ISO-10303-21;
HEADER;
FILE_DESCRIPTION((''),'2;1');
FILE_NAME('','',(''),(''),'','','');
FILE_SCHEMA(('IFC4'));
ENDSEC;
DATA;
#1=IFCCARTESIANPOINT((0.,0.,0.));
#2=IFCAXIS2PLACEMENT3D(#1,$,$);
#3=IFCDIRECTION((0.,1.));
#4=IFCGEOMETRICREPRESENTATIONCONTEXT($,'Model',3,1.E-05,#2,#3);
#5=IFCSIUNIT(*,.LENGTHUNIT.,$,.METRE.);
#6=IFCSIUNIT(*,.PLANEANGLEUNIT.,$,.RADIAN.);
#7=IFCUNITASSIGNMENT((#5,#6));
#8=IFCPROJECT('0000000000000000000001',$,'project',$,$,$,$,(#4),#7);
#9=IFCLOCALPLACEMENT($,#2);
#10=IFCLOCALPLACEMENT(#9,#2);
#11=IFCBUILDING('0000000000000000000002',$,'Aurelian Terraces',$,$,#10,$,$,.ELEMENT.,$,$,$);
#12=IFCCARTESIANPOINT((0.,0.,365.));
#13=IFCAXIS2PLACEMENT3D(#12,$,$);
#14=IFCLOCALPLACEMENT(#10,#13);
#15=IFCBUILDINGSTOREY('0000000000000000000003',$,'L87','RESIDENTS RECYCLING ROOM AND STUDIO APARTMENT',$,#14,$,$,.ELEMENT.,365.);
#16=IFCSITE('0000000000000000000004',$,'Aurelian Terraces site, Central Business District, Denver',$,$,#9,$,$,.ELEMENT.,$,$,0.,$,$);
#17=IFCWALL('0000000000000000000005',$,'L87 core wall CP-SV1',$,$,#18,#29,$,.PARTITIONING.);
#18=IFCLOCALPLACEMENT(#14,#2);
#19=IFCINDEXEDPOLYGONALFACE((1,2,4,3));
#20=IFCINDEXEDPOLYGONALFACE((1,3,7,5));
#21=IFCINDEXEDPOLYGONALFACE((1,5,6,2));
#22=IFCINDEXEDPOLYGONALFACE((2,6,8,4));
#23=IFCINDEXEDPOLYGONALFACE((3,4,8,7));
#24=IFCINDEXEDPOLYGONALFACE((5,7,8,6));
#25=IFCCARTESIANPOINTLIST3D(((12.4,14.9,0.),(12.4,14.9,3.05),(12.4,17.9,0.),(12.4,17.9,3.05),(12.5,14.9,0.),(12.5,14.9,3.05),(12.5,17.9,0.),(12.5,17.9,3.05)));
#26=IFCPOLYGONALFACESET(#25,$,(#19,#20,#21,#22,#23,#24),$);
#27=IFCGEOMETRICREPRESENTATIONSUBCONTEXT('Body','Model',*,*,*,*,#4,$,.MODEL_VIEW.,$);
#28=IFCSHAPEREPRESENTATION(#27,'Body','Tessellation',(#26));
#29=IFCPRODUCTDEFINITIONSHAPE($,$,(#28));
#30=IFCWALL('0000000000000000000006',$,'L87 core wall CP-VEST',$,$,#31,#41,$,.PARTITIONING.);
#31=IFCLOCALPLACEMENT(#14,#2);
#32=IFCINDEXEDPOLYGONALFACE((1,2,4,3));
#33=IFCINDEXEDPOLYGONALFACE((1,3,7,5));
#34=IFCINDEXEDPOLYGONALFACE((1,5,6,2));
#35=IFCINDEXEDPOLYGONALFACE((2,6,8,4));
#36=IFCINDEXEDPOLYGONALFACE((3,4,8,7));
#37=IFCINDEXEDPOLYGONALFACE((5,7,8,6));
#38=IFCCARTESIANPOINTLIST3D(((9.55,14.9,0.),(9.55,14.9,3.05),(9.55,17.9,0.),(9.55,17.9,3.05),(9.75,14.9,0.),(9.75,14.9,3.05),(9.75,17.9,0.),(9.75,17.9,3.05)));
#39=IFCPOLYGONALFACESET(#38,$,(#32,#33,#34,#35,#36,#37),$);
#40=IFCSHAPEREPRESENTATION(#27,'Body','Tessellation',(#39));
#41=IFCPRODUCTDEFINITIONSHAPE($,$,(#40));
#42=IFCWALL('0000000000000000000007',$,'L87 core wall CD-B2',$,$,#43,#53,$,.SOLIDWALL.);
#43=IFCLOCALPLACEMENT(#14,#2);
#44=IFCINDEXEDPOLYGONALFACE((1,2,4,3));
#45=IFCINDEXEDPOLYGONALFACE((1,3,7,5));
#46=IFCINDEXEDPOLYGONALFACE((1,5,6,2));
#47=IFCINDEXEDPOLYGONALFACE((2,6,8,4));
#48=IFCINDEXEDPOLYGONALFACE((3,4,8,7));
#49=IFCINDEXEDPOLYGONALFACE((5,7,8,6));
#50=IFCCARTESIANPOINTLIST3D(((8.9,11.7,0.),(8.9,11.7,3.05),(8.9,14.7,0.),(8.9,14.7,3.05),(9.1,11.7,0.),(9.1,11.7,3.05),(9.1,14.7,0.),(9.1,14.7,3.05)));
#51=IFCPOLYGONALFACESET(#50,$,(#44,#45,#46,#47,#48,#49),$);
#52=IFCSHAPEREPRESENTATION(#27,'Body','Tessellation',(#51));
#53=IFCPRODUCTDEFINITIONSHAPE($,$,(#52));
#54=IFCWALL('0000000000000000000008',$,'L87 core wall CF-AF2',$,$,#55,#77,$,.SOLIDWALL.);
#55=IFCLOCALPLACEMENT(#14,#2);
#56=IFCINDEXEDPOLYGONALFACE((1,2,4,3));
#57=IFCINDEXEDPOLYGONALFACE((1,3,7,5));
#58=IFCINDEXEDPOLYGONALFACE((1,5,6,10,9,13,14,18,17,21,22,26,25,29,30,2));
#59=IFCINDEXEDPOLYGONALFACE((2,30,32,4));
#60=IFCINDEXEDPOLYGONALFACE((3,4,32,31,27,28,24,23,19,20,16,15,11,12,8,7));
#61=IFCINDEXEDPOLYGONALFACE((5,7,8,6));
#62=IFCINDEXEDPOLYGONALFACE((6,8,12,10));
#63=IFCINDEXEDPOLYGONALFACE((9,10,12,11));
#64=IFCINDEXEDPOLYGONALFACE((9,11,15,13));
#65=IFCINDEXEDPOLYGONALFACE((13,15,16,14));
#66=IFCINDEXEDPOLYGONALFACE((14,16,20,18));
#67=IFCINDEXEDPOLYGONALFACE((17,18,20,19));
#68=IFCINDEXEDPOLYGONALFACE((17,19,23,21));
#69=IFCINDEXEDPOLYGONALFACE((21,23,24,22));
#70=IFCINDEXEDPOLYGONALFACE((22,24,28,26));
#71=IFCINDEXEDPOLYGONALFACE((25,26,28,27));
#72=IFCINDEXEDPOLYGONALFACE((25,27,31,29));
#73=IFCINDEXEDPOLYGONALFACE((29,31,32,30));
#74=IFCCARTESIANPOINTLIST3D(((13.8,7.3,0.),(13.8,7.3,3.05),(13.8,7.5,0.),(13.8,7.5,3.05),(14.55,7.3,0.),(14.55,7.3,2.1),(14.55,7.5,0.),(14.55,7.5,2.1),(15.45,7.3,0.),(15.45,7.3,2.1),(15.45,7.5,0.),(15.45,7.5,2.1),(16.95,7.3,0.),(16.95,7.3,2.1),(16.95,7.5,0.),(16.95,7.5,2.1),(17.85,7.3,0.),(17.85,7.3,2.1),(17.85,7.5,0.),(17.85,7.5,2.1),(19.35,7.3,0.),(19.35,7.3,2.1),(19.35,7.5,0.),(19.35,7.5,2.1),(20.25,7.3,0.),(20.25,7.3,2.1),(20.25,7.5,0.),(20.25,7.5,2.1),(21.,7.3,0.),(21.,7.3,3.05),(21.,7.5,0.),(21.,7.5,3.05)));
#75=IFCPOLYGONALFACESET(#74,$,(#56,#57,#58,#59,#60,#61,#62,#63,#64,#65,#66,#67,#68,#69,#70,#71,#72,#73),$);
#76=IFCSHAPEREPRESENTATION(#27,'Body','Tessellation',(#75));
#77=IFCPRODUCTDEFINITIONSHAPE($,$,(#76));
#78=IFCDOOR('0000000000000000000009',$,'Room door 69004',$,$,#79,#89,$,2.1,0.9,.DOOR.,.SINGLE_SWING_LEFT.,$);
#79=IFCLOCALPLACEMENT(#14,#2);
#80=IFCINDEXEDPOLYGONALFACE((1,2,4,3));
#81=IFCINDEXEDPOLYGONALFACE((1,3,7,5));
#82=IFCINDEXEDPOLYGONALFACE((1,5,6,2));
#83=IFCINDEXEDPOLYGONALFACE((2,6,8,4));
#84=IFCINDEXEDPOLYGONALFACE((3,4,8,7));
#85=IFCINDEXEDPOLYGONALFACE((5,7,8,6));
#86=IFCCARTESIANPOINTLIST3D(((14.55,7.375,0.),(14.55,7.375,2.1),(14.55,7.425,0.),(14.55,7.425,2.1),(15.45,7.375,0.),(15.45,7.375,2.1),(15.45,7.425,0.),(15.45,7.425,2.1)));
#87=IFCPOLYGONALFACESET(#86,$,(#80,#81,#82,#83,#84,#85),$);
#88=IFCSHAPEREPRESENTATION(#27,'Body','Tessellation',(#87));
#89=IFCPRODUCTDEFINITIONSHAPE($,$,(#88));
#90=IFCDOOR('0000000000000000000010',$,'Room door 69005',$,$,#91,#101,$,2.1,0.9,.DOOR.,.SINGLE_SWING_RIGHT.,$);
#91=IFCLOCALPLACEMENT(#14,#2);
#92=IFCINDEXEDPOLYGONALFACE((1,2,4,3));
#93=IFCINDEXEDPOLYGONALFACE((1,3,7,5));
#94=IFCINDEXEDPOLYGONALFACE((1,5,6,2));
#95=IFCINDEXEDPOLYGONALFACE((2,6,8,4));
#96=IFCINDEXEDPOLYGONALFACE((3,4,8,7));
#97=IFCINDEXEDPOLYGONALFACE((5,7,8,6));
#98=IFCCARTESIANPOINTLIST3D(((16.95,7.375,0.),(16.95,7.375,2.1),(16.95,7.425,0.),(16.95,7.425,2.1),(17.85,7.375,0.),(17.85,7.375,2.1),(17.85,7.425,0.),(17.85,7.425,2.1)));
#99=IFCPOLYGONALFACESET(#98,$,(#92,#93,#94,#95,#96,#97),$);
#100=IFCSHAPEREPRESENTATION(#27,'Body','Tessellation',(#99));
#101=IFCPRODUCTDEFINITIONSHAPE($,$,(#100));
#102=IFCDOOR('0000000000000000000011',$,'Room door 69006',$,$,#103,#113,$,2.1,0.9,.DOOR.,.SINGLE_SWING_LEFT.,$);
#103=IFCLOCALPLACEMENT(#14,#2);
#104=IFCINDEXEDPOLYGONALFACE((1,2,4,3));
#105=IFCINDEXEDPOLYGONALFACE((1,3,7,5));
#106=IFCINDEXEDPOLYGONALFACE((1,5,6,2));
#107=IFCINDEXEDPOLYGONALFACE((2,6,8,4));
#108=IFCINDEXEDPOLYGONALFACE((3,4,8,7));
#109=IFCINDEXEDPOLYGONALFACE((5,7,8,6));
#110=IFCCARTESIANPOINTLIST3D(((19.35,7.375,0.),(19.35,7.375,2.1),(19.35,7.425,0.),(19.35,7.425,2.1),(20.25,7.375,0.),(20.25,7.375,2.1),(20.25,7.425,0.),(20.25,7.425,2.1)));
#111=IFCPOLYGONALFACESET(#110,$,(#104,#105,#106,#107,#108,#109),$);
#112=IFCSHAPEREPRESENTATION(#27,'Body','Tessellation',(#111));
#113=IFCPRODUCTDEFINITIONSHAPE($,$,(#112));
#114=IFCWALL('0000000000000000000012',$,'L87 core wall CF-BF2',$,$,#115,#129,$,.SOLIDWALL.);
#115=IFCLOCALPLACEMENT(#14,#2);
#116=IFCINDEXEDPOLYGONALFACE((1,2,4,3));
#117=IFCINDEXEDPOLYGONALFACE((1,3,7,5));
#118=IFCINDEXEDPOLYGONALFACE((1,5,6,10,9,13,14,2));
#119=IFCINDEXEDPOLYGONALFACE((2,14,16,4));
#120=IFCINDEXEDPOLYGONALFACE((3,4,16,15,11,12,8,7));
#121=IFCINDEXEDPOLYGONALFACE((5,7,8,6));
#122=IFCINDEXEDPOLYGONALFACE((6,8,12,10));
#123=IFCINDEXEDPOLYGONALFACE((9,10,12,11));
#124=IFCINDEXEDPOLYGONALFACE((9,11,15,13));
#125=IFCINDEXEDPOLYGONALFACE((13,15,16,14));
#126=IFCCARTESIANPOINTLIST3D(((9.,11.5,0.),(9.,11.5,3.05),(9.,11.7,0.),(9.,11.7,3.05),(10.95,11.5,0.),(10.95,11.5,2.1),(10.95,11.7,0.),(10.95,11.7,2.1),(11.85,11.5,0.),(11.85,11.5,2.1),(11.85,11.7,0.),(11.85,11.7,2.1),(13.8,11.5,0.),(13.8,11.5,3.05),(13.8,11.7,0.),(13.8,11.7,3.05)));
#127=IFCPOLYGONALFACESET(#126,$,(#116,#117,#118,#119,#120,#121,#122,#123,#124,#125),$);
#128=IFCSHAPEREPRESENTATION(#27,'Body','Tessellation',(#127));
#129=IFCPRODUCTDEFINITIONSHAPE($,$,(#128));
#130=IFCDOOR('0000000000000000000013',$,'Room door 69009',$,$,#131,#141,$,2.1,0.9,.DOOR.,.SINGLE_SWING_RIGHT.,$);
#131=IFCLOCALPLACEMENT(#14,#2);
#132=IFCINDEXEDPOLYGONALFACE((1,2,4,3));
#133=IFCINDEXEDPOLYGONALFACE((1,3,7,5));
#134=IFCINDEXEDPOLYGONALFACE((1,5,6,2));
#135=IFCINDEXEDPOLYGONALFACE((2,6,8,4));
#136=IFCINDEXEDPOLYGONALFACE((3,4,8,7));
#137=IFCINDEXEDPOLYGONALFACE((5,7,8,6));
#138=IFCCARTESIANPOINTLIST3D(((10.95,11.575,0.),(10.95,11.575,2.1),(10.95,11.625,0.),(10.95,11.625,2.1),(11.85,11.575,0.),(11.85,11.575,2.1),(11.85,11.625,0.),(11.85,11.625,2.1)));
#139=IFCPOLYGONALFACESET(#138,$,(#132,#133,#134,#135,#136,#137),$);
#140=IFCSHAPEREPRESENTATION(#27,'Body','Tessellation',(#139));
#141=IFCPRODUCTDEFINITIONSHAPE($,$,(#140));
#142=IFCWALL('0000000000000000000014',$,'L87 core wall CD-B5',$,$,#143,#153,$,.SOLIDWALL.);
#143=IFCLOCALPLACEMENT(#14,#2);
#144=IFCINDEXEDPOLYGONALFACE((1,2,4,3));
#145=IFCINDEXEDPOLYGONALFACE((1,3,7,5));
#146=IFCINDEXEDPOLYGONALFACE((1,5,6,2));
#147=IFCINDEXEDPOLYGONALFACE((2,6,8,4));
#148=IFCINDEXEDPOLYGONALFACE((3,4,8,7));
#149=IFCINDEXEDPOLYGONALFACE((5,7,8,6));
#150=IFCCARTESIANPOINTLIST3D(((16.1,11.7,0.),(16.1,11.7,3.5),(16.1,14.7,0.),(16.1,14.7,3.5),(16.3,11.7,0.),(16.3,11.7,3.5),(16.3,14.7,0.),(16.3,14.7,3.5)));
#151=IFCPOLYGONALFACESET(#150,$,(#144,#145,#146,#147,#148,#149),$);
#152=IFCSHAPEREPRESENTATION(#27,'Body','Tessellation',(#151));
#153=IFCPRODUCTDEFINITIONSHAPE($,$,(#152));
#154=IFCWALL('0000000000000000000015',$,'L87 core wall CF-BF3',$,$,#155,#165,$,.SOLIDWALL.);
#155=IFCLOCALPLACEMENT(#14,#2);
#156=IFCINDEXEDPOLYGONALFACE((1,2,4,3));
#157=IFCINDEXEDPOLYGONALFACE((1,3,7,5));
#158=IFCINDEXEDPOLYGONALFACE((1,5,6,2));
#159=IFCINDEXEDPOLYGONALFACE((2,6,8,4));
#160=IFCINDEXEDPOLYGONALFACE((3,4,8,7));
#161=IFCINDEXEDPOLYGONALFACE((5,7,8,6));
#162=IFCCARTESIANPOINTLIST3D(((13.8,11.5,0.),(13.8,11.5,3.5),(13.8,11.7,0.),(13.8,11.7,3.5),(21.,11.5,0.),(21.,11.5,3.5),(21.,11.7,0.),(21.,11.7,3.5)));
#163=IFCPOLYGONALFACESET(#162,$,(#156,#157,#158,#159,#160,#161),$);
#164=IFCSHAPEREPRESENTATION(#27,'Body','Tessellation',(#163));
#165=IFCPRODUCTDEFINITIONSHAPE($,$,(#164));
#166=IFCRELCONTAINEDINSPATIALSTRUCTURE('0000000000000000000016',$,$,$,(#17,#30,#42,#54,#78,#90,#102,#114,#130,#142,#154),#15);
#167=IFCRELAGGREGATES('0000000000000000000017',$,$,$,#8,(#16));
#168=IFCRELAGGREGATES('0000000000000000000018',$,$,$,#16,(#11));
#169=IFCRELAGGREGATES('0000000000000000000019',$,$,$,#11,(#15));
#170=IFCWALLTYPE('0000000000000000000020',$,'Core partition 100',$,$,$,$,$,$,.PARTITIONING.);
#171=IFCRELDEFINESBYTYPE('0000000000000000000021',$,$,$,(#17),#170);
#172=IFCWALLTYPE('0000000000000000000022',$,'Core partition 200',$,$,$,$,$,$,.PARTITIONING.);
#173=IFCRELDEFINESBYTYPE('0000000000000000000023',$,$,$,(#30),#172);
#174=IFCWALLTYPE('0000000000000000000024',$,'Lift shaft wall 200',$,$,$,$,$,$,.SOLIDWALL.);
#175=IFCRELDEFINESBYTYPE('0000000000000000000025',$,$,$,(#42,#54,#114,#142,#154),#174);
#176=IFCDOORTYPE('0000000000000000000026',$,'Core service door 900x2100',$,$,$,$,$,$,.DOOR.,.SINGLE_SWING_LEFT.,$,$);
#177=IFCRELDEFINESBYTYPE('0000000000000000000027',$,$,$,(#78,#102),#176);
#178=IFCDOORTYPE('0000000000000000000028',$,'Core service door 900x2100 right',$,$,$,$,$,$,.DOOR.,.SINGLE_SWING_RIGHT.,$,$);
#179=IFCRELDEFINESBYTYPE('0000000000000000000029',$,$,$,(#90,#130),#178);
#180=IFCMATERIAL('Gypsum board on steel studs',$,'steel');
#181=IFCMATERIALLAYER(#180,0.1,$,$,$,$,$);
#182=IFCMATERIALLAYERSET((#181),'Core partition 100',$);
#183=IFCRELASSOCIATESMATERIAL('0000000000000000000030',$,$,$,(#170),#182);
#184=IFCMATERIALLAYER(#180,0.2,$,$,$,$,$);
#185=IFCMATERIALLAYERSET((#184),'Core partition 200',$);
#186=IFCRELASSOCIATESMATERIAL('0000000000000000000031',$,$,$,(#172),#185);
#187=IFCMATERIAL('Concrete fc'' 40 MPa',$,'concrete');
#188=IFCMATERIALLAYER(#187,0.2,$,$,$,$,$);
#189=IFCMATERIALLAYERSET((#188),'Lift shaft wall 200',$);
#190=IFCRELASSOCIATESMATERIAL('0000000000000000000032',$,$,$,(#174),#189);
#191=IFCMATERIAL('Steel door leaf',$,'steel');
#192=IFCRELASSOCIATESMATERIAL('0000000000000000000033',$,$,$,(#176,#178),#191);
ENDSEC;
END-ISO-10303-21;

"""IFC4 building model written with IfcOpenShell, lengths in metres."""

from ifc_helpers import new_model, si_unit, direction, frame, frame_2d, origin, place, context, subcontext, project, spatial, rectangle, extrude, source, transform, mapped, material, layer, layer_set, type_object, element, fill, save


model = new_model("IFC4")

# Units and contexts
model_context = context("Model", 3, precision=1e-05, world=origin(), true_north=direction((0.0, 1.0)))
body_context = subcontext(model_context, "Body", "Model", "MODEL_VIEW")
ifc_project = project(units=[si_unit("LENGTHUNIT", "METRE"), si_unit("PLANEANGLEUNIT", "RADIAN")], contexts=[model_context])

# Site, building, storey
site_placement = place(None, origin())
site = spatial("IfcSite", under=ifc_project, at=site_placement, Name="Aurelian Terraces site, Central Business District, Denver", CompositionType="ELEMENT", RefElevation=0.0)
building_placement = place(site_placement, origin())
building = spatial("IfcBuilding", under=site, at=building_placement, Name="Aurelian Terraces", CompositionType="ELEMENT")
storey_placement = place(building_placement, frame((0.0, 0.0, 365.0)))
storey = spatial("IfcBuildingStorey", under=building, at=storey_placement, Name="L87", Description="RESIDENTS RECYCLING ROOM AND STUDIO APARTMENT", CompositionType="ELEMENT", Elevation=365.0)

# Walls
ifc_material_1 = material(Name="Gypsum board on steel studs", Category="steel")
ifc_layer_1 = layer(ifc_material_1, 0.1)
ifc_layer_set_1 = layer_set([ifc_layer_1], Name="Core partition 100")
wall_type_1 = type_object("IfcWallType", Name="Core partition 100", PredefinedType="PARTITIONING", material=ifc_layer_set_1)
wall_1_placement = place(storey_placement, frame((12.45, 14.9, 0.0), z_axis=(0.0, 0.0, 1.0), x_axis=(0.0, 1.0, 0.0)))
element("IfcWall", 1, at=wall_1_placement, inside=storey, type_object=wall_type_1, Name="L87 core wall CP-SV1", PredefinedType="PARTITIONING", context=body_context, shape_type="SweptSolid", body=[
    extrude(rectangle(XDim=3.0, YDim=0.1, at=frame_2d((1.5, 0.0))), origin(), (0.0, 0.0, 1.0), 3.05),
])
ifc_layer_2 = layer(ifc_material_1, 0.2)
ifc_layer_set_2 = layer_set([ifc_layer_2], Name="Core partition 200")
wall_type_2 = type_object("IfcWallType", Name="Core partition 200", PredefinedType="PARTITIONING", material=ifc_layer_set_2)
wall_2_placement = place(storey_placement, frame((9.65, 14.9, 0.0), z_axis=(0.0, 0.0, 1.0), x_axis=(0.0, 1.0, 0.0)))
element("IfcWall", 2, at=wall_2_placement, inside=storey, type_object=wall_type_2, Name="L87 core wall CP-VEST", PredefinedType="PARTITIONING", context=body_context, shape_type="SweptSolid", body=[
    extrude(rectangle(XDim=3.0, YDim=0.2, at=frame_2d((1.5, 0.0))), origin(), (0.0, 0.0, 1.0), 3.05),
])
ifc_material_2 = material(Name="Concrete fc' 40 MPa", Category="concrete")
ifc_layer_3 = layer(ifc_material_2, 0.2)
ifc_layer_set_3 = layer_set([ifc_layer_3], Name="Lift shaft wall 200")
wall_type_3 = type_object("IfcWallType", Name="Lift shaft wall 200", PredefinedType="SOLIDWALL", material=ifc_layer_set_3)
wall_3_placement = place(storey_placement, frame((9.0, 11.7, 0.0), z_axis=(0.0, 0.0, 1.0), x_axis=(0.0, 1.0, 0.0)))
element("IfcWall", 3, at=wall_3_placement, inside=storey, type_object=wall_type_3, Name="L87 core wall CD-B2", PredefinedType="SOLIDWALL", context=body_context, shape_type="SweptSolid", body=[
    extrude(rectangle(XDim=3.0, YDim=0.2, at=frame_2d((1.5, 0.0))), origin(), (0.0, 0.0, 1.0), 3.05),
])

# Wall, openings, doors
wall_4_placement = place(storey_placement, frame((13.8, 7.4, 0.0), z_axis=(0.0, 0.0, 1.0), x_axis=(1.0, 0.0, 0.0)))
wall_4 = element("IfcWall", 4, at=wall_4_placement, inside=storey, type_object=wall_type_3, Name="L87 core wall CF-AF2", PredefinedType="SOLIDWALL", context=body_context, shape_type="SweptSolid", body=[
    extrude(rectangle(XDim=7.2, YDim=0.2, at=frame_2d((3.6, 0.0))), origin(), (0.0, 0.0, 1.0), 3.05),
])
shared_shape_1 = source(origin(), body_context, "Body", "SweptSolid", [
    extrude(rectangle(XDim=0.9, YDim=2.1, at=frame_2d((0.45, 1.05))), frame((0.0, 0.11, 0.0), z_axis=(0.0, -1.0, 0.0), x_axis=(1.0, 0.0, 0.0)), (0.0, 0.0, 1.0), 0.22),
])
opening_1_placement = place(wall_4_placement, frame((0.75, 0.0, 0.0)))
opening_1 = element("IfcOpeningElement", 5, at=opening_1_placement, cuts=wall_4, PredefinedType="OPENING", context=body_context, shape_type="MappedRepresentation", body=[
    mapped(shared_shape_1, transform((0.0, 0.0, 0.0), scale=1.0)),
])
opening_2_placement = place(wall_4_placement, frame((3.15, 0.0, 0.0)))
opening_2 = element("IfcOpeningElement", 6, at=opening_2_placement, cuts=wall_4, PredefinedType="OPENING", context=body_context, shape_type="MappedRepresentation", body=[
    mapped(shared_shape_1, transform((0.0, 0.0, 0.0), scale=1.0)),
])
opening_3_placement = place(wall_4_placement, frame((5.55, 0.0, 0.0)))
opening_3 = element("IfcOpeningElement", 7, at=opening_3_placement, cuts=wall_4, PredefinedType="OPENING", context=body_context, shape_type="MappedRepresentation", body=[
    mapped(shared_shape_1, transform((0.0, 0.0, 0.0), scale=1.0)),
])
ifc_material_3 = material(Name="Steel door leaf", Category="steel")
door_type_1 = type_object("IfcDoorType", Name="Core service door 900x2100", OperationType="SINGLE_SWING_LEFT", PredefinedType="DOOR", material=ifc_material_3)
shared_shape_2 = source(origin(), body_context, "Body", "SweptSolid", [
    extrude(rectangle(XDim=0.9, YDim=2.1, at=frame_2d((0.45, 1.05))), frame((0.0, 0.025, 0.0), z_axis=(0.0, -1.0, 0.0), x_axis=(1.0, 0.0, 0.0)), (0.0, 0.0, 1.0), 0.05),
])
door_1_placement = place(opening_1_placement, origin())
door_1 = element("IfcDoor", 8, at=door_1_placement, inside=storey, type_object=door_type_1, Name="Room door 69004", OperationType="SINGLE_SWING_LEFT", OverallHeight=2.1, OverallWidth=0.9, PredefinedType="DOOR", context=body_context, shape_type="MappedRepresentation", body=[
    mapped(shared_shape_2, transform((0.0, 0.0, 0.0), scale=1.0)),
])
fill(opening_1, door_1)
door_type_2 = type_object("IfcDoorType", Name="Core service door 900x2100 right", OperationType="SINGLE_SWING_RIGHT", PredefinedType="DOOR", material=ifc_material_3)
door_2_placement = place(opening_2_placement, origin())
door_2 = element("IfcDoor", 9, at=door_2_placement, inside=storey, type_object=door_type_2, Name="Room door 69005", OperationType="SINGLE_SWING_RIGHT", OverallHeight=2.1, OverallWidth=0.9, PredefinedType="DOOR", context=body_context, shape_type="MappedRepresentation", body=[
    mapped(shared_shape_2, transform((0.0, 0.0, 0.0), scale=1.0)),
])
fill(opening_2, door_2)
door_3_placement = place(opening_3_placement, origin())
door_3 = element("IfcDoor", 10, at=door_3_placement, inside=storey, type_object=door_type_1, Name="Room door 69006", OperationType="SINGLE_SWING_LEFT", OverallHeight=2.1, OverallWidth=0.9, PredefinedType="DOOR", context=body_context, shape_type="MappedRepresentation", body=[
    mapped(shared_shape_2, transform((0.0, 0.0, 0.0), scale=1.0)),
])
fill(opening_3, door_3)

# Wall, opening, door
wall_5_placement = place(storey_placement, frame((9.0, 11.6, 0.0), z_axis=(0.0, 0.0, 1.0), x_axis=(1.0, 0.0, 0.0)))
wall_5 = element("IfcWall", 11, at=wall_5_placement, inside=storey, type_object=wall_type_3, Name="L87 core wall CF-BF2", PredefinedType="SOLIDWALL", context=body_context, shape_type="SweptSolid", body=[
    extrude(rectangle(XDim=4.8, YDim=0.2, at=frame_2d((2.4, 0.0))), origin(), (0.0, 0.0, 1.0), 3.05),
])
opening_4_placement = place(wall_5_placement, frame((1.95, 0.0, 0.0)))
opening_4 = element("IfcOpeningElement", 12, at=opening_4_placement, cuts=wall_5, PredefinedType="OPENING", context=body_context, shape_type="MappedRepresentation", body=[
    mapped(shared_shape_1, transform((0.0, 0.0, 0.0), scale=1.0)),
])
door_4_placement = place(opening_4_placement, origin())
door_4 = element("IfcDoor", 13, at=door_4_placement, inside=storey, type_object=door_type_2, Name="Room door 69009", OperationType="SINGLE_SWING_RIGHT", OverallHeight=2.1, OverallWidth=0.9, PredefinedType="DOOR", context=body_context, shape_type="MappedRepresentation", body=[
    mapped(shared_shape_2, transform((0.0, 0.0, 0.0), scale=1.0)),
])
fill(opening_4, door_4)

# Walls
shared_shape_3 = source(origin(), body_context, "Body", "SweptSolid", [
    extrude(rectangle(XDim=3.0, YDim=0.2, at=frame_2d((1.5, 0.0))), origin(), (0.0, 0.0, 1.0), 3.5),
])
wall_6_placement = place(storey_placement, frame((16.2, 11.7, 0.0), z_axis=(0.0, 0.0, 1.0), x_axis=(0.0, 1.0, 0.0)))
element("IfcWall", 14, at=wall_6_placement, inside=storey, type_object=wall_type_3, Name="L87 core wall CD-B5", PredefinedType="SOLIDWALL", context=body_context, shape_type="MappedRepresentation", body=[
    mapped(shared_shape_3, transform((0.0, 0.0, 0.0), scale=1.0)),
])
shared_shape_4 = source(origin(), body_context, "Body", "SweptSolid", [
    extrude(rectangle(XDim=7.2, YDim=0.2, at=frame_2d((3.6, 0.0))), origin(), (0.0, 0.0, 1.0), 3.5),
])
wall_7_placement = place(storey_placement, frame((13.8, 11.6, 0.0), z_axis=(0.0, 0.0, 1.0), x_axis=(1.0, 0.0, 0.0)))
element("IfcWall", 15, at=wall_7_placement, inside=storey, type_object=wall_type_3, Name="L87 core wall CF-BF3", PredefinedType="SOLIDWALL", context=body_context, shape_type="MappedRepresentation", body=[
    mapped(shared_shape_4, transform((0.0, 0.0, 0.0), scale=1.0)),
])

save(model, "model.ifc")
